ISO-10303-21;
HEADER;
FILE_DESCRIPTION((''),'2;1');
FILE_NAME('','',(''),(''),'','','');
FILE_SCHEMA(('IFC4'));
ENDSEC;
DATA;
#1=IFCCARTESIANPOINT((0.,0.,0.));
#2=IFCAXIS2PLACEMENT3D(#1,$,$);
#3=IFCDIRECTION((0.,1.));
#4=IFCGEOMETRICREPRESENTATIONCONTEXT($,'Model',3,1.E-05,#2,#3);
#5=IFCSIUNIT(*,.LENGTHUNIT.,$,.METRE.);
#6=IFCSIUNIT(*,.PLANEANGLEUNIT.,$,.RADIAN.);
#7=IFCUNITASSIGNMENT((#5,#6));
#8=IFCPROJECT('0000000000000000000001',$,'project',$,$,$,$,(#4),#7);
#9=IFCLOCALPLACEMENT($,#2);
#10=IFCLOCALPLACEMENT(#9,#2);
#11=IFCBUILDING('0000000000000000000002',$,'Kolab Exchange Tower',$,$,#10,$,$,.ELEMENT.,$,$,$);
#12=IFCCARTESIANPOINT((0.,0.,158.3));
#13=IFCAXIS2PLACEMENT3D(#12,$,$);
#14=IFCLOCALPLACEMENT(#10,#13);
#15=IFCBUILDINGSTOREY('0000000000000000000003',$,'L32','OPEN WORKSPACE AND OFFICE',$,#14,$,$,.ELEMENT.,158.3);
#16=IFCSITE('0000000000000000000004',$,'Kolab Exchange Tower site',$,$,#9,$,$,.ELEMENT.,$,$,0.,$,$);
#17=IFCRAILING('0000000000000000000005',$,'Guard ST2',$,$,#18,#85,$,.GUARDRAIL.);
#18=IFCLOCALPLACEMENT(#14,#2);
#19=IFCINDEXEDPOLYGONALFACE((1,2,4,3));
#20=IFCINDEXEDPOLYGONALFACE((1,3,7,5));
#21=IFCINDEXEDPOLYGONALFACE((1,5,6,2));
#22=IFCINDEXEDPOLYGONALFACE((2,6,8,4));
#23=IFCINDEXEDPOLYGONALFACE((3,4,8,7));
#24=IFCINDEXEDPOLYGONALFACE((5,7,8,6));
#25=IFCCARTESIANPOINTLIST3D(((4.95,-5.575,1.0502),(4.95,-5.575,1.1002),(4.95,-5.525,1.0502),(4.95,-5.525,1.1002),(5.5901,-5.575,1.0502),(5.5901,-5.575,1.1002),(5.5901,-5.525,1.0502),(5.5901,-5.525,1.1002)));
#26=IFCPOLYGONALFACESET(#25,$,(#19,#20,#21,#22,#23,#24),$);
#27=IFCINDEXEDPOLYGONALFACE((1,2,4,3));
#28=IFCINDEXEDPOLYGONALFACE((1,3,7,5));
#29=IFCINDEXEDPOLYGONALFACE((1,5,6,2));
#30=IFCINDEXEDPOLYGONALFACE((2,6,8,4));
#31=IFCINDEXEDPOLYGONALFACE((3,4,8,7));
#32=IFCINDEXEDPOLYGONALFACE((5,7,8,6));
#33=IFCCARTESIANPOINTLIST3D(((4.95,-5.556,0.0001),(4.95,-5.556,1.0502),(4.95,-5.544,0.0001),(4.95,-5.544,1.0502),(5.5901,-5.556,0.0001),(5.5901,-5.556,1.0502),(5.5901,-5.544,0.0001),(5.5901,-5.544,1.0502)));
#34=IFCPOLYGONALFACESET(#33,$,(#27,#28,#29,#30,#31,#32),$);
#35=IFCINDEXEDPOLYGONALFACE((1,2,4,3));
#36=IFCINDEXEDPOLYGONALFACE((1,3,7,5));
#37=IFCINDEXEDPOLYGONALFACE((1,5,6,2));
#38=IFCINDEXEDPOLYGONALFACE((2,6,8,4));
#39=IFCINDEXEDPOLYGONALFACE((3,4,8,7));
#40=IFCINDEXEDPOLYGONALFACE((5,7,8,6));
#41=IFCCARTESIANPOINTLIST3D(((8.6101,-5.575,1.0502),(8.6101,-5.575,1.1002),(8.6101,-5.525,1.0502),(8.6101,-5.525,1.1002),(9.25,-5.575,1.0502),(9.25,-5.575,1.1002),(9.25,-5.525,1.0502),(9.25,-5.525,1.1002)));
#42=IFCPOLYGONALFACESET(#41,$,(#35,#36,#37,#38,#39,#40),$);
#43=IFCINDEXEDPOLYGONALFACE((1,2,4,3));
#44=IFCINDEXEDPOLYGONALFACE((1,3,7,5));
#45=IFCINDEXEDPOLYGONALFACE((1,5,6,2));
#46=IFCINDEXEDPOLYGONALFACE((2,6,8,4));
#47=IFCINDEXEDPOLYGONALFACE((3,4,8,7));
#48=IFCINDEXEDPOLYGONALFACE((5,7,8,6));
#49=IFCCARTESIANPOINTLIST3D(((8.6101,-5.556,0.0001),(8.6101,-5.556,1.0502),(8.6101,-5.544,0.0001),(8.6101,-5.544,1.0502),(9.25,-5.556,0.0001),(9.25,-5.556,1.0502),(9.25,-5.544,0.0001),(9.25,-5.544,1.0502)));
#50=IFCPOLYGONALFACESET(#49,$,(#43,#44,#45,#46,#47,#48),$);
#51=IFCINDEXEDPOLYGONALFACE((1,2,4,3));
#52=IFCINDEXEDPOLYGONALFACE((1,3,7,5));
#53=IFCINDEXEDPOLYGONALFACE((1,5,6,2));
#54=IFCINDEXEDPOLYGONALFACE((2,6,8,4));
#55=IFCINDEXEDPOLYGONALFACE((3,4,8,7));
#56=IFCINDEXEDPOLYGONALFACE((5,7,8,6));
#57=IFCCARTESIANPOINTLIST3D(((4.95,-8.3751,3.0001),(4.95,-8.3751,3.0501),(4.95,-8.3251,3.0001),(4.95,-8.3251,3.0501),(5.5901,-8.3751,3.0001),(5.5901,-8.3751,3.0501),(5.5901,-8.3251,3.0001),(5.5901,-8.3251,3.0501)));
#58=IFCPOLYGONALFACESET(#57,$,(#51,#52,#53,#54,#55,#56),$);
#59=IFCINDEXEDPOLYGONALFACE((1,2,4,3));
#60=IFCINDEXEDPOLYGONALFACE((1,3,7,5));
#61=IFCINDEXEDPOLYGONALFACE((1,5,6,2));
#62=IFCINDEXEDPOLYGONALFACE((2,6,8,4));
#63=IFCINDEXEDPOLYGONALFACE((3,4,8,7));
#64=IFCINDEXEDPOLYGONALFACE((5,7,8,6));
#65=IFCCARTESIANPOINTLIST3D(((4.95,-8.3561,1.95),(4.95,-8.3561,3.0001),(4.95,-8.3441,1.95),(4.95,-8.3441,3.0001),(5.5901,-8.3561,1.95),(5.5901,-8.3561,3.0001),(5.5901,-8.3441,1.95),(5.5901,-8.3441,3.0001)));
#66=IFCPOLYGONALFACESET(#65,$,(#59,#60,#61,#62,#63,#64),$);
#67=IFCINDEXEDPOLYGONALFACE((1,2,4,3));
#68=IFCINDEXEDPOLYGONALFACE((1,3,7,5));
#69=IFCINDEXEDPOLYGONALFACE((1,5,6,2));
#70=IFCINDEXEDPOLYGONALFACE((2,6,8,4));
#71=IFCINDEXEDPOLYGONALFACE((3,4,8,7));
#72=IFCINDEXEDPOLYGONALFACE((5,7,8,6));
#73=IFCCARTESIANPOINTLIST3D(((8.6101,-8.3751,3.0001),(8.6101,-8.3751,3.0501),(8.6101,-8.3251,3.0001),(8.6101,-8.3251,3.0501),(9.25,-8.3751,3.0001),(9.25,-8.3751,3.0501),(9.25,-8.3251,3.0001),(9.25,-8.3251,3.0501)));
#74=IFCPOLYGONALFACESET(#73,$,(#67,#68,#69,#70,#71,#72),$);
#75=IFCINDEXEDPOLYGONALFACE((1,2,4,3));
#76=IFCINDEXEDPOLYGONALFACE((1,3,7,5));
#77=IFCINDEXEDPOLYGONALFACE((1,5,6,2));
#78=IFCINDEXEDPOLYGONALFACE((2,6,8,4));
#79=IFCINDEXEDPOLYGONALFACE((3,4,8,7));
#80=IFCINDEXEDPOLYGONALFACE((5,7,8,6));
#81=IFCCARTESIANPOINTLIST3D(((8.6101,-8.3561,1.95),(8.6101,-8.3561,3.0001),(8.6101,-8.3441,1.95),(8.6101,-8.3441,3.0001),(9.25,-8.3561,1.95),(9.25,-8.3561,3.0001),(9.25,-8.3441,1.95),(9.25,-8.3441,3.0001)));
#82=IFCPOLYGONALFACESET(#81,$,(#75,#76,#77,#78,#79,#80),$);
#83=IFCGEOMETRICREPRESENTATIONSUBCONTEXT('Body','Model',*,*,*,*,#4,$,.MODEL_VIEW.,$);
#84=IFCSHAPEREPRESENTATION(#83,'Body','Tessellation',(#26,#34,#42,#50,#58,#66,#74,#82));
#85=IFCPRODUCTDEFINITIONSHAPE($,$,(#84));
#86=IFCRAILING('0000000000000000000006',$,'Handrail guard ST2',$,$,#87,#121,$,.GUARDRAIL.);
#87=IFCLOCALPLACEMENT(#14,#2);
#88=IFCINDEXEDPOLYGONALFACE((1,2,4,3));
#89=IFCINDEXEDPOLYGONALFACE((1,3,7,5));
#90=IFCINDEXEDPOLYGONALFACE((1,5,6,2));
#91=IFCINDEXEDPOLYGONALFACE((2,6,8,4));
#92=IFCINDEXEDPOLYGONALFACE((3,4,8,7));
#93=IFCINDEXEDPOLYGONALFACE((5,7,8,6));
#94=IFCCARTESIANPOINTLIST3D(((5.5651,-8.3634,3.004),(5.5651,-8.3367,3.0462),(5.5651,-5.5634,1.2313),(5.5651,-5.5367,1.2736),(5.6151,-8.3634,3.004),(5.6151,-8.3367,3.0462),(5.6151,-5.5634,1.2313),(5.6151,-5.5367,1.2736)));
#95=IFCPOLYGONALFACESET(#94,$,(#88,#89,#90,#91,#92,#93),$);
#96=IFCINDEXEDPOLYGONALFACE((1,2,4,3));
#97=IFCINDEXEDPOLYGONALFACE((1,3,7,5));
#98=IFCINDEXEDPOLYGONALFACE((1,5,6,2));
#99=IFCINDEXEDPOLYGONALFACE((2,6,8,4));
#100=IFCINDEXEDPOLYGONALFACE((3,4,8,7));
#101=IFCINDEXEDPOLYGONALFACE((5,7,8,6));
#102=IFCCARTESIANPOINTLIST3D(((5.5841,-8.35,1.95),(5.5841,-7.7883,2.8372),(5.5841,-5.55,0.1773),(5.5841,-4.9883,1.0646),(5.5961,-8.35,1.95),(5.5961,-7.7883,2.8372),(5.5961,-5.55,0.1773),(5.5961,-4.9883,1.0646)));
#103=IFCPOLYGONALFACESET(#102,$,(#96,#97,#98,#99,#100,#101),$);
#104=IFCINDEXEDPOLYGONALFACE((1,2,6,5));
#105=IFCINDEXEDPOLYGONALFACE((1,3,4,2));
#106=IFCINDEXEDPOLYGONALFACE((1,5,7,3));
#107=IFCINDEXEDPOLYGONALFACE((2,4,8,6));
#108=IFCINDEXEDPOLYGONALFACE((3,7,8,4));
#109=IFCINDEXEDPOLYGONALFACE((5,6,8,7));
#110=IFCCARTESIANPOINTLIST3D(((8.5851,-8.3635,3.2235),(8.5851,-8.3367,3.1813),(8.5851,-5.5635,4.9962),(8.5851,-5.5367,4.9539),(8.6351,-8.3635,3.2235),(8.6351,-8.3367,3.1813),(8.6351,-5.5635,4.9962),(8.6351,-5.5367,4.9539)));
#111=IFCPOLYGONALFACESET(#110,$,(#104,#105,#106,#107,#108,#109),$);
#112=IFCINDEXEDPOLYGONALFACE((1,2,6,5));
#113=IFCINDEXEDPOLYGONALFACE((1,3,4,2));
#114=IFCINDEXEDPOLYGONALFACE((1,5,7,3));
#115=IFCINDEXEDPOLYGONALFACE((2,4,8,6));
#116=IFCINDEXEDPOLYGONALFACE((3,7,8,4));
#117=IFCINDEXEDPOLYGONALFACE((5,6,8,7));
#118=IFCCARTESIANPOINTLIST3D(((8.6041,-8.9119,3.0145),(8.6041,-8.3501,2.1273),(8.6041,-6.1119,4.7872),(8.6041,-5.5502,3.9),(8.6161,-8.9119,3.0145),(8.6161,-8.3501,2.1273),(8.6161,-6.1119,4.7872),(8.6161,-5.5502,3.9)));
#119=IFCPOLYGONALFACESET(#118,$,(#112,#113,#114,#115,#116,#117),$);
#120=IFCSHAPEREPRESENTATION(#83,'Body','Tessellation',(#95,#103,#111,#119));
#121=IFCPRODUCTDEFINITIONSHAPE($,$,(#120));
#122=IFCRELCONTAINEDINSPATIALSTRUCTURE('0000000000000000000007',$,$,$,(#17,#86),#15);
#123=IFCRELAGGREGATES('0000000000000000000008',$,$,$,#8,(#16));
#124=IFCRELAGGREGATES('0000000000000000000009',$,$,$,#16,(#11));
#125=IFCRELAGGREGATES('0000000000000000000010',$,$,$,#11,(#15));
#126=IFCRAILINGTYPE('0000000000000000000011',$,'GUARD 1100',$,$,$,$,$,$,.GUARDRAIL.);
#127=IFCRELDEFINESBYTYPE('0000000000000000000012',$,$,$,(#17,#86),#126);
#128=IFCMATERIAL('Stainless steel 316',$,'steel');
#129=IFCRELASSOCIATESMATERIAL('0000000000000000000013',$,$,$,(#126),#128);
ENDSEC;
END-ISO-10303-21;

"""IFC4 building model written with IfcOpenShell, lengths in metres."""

from ifc_helpers import new_model, si_unit, direction, frame, frame_2d, origin, origin_2d, place, context, subcontext, project, spatial, rectangle, extrude, material, type_object, element, save


model = new_model("IFC4")

# Units and contexts
model_context = context("Model", 3, precision=1e-05, world=origin(), true_north=direction((0.0, 1.0)))
body_context = subcontext(model_context, "Body", "Model", "MODEL_VIEW")
ifc_project = project(units=[si_unit("LENGTHUNIT", "METRE"), si_unit("PLANEANGLEUNIT", "RADIAN")], contexts=[model_context])

# Site, building, storey
site_placement = place(None, origin())
site = spatial("IfcSite", under=ifc_project, at=site_placement, Name="Kolab Exchange Tower site", CompositionType="ELEMENT", RefElevation=0.0)
building_placement = place(site_placement, origin())
building = spatial("IfcBuilding", under=site, at=building_placement, Name="Kolab Exchange Tower", CompositionType="ELEMENT")
storey_placement = place(building_placement, frame((0.0, 0.0, 158.3)))
storey = spatial("IfcBuildingStorey", under=building, at=storey_placement, Name="L32", Description="OPEN WORKSPACE AND OFFICE", CompositionType="ELEMENT", Elevation=158.3)

# Shared definitions
ifc_material_1 = material(Name="Stainless steel 316", Category="steel")

# Railings
railing_type = type_object("IfcRailingType", Name="GUARD 1100", PredefinedType="GUARDRAIL", material=ifc_material_1)
railing_1_placement = place(storey_placement, frame((4.95, -5.55, 0.0)))
element("IfcRailing", 1, at=railing_1_placement, inside=storey, type_object=railing_type, Name="Guard ST2", PredefinedType="GUARDRAIL", context=body_context, shape_type="SweptSolid", body=[
    extrude(rectangle(XDim=0.05, YDim=0.05, at=origin_2d()), frame((0.0, 0.0, 1.0752), z_axis=(1.0, 0.0, 0.0), x_axis=(0.0, 1.0, 0.0)), (0.0, 0.0, 1.0), 0.6401),
    extrude(rectangle(XDim=0.012, YDim=1.0501, at=frame_2d((0.0, 0.5251))), frame((0.0, 0.0, 0.0), z_axis=(1.0, 0.0, 0.0), x_axis=(0.0, 1.0, 0.0)), (0.0, 0.0, 1.0), 0.6401),
    extrude(rectangle(XDim=0.05, YDim=0.05, at=origin_2d()), frame((3.6602, 0.0, 1.0752), z_axis=(1.0, 0.0, 0.0), x_axis=(0.0, 1.0, 0.0)), (0.0, 0.0, 1.0), 0.6399),
    extrude(rectangle(XDim=0.012, YDim=1.0501, at=frame_2d((0.0, 0.5251))), frame((3.6602, 0.0, 0.0), z_axis=(1.0, 0.0, 0.0), x_axis=(0.0, 1.0, 0.0)), (0.0, 0.0, 1.0), 0.6399),
    extrude(rectangle(XDim=0.05, YDim=0.05, at=origin_2d()), frame((0.0, -2.8, 3.0251), z_axis=(1.0, 0.0, 0.0), x_axis=(0.0, 1.0, 0.0)), (0.0, 0.0, 1.0), 0.6401),
    extrude(rectangle(XDim=0.012, YDim=1.0501, at=frame_2d((0.0, 0.5251))), frame((0.0, -2.8, 1.95), z_axis=(1.0, 0.0, 0.0), x_axis=(0.0, 1.0, 0.0)), (0.0, 0.0, 1.0), 0.6401),
    extrude(rectangle(XDim=0.05, YDim=0.05, at=origin_2d()), frame((3.6602, -2.8, 3.0251), z_axis=(1.0, 0.0, 0.0), x_axis=(0.0, 1.0, 0.0)), (0.0, 0.0, 1.0), 0.6399),
    extrude(rectangle(XDim=0.012, YDim=1.0501, at=frame_2d((0.0, 0.5251))), frame((3.6602, -2.8, 1.95), z_axis=(1.0, 0.0, 0.0), x_axis=(0.0, 1.0, 0.0)), (0.0, 0.0, 1.0), 0.6399),
])
railing_2_placement = place(storey_placement, frame((5.5901, -5.55, 0.1772)))
element("IfcRailing", 2, at=railing_2_placement, inside=storey, type_object=railing_type, Name="Handrail guard ST2", PredefinedType="GUARDRAIL", context=body_context, shape_type="SweptSolid", body=[
    extrude(rectangle(XDim=0.05, YDim=0.05, at=origin_2d()), frame((0.0, 0.0, 1.0752), z_axis=(0.0, -0.844909, 0.53491), x_axis=(1.0, 0.0, 0.0)), (0.0, 0.0, 1.0), 3.314),
    extrude(rectangle(XDim=0.012, YDim=1.0501, at=frame_2d((0.0, 0.5251))), frame((0.0, 0.0, 0.0), z_axis=(0.0, -0.844909, 0.53491), x_axis=(1.0, 0.0, 0.0)), (0.0, 0.0, 1.0), 3.314),
    extrude(rectangle(XDim=0.05, YDim=0.05, at=origin_2d()), frame((3.02, -2.8, 3.0251), z_axis=(0.0, 0.844909, 0.53491), x_axis=(-1.0, 0.0, 0.0)), (0.0, 0.0, 1.0), 3.314),
    extrude(rectangle(XDim=0.012, YDim=1.0501, at=frame_2d((0.0, 0.5251))), frame((3.02, -2.8, 1.95), z_axis=(0.0, 0.844909, 0.53491), x_axis=(-1.0, 0.0, 0.0)), (0.0, 0.0, 1.0), 3.314),
])

save(model, "model.ifc")
